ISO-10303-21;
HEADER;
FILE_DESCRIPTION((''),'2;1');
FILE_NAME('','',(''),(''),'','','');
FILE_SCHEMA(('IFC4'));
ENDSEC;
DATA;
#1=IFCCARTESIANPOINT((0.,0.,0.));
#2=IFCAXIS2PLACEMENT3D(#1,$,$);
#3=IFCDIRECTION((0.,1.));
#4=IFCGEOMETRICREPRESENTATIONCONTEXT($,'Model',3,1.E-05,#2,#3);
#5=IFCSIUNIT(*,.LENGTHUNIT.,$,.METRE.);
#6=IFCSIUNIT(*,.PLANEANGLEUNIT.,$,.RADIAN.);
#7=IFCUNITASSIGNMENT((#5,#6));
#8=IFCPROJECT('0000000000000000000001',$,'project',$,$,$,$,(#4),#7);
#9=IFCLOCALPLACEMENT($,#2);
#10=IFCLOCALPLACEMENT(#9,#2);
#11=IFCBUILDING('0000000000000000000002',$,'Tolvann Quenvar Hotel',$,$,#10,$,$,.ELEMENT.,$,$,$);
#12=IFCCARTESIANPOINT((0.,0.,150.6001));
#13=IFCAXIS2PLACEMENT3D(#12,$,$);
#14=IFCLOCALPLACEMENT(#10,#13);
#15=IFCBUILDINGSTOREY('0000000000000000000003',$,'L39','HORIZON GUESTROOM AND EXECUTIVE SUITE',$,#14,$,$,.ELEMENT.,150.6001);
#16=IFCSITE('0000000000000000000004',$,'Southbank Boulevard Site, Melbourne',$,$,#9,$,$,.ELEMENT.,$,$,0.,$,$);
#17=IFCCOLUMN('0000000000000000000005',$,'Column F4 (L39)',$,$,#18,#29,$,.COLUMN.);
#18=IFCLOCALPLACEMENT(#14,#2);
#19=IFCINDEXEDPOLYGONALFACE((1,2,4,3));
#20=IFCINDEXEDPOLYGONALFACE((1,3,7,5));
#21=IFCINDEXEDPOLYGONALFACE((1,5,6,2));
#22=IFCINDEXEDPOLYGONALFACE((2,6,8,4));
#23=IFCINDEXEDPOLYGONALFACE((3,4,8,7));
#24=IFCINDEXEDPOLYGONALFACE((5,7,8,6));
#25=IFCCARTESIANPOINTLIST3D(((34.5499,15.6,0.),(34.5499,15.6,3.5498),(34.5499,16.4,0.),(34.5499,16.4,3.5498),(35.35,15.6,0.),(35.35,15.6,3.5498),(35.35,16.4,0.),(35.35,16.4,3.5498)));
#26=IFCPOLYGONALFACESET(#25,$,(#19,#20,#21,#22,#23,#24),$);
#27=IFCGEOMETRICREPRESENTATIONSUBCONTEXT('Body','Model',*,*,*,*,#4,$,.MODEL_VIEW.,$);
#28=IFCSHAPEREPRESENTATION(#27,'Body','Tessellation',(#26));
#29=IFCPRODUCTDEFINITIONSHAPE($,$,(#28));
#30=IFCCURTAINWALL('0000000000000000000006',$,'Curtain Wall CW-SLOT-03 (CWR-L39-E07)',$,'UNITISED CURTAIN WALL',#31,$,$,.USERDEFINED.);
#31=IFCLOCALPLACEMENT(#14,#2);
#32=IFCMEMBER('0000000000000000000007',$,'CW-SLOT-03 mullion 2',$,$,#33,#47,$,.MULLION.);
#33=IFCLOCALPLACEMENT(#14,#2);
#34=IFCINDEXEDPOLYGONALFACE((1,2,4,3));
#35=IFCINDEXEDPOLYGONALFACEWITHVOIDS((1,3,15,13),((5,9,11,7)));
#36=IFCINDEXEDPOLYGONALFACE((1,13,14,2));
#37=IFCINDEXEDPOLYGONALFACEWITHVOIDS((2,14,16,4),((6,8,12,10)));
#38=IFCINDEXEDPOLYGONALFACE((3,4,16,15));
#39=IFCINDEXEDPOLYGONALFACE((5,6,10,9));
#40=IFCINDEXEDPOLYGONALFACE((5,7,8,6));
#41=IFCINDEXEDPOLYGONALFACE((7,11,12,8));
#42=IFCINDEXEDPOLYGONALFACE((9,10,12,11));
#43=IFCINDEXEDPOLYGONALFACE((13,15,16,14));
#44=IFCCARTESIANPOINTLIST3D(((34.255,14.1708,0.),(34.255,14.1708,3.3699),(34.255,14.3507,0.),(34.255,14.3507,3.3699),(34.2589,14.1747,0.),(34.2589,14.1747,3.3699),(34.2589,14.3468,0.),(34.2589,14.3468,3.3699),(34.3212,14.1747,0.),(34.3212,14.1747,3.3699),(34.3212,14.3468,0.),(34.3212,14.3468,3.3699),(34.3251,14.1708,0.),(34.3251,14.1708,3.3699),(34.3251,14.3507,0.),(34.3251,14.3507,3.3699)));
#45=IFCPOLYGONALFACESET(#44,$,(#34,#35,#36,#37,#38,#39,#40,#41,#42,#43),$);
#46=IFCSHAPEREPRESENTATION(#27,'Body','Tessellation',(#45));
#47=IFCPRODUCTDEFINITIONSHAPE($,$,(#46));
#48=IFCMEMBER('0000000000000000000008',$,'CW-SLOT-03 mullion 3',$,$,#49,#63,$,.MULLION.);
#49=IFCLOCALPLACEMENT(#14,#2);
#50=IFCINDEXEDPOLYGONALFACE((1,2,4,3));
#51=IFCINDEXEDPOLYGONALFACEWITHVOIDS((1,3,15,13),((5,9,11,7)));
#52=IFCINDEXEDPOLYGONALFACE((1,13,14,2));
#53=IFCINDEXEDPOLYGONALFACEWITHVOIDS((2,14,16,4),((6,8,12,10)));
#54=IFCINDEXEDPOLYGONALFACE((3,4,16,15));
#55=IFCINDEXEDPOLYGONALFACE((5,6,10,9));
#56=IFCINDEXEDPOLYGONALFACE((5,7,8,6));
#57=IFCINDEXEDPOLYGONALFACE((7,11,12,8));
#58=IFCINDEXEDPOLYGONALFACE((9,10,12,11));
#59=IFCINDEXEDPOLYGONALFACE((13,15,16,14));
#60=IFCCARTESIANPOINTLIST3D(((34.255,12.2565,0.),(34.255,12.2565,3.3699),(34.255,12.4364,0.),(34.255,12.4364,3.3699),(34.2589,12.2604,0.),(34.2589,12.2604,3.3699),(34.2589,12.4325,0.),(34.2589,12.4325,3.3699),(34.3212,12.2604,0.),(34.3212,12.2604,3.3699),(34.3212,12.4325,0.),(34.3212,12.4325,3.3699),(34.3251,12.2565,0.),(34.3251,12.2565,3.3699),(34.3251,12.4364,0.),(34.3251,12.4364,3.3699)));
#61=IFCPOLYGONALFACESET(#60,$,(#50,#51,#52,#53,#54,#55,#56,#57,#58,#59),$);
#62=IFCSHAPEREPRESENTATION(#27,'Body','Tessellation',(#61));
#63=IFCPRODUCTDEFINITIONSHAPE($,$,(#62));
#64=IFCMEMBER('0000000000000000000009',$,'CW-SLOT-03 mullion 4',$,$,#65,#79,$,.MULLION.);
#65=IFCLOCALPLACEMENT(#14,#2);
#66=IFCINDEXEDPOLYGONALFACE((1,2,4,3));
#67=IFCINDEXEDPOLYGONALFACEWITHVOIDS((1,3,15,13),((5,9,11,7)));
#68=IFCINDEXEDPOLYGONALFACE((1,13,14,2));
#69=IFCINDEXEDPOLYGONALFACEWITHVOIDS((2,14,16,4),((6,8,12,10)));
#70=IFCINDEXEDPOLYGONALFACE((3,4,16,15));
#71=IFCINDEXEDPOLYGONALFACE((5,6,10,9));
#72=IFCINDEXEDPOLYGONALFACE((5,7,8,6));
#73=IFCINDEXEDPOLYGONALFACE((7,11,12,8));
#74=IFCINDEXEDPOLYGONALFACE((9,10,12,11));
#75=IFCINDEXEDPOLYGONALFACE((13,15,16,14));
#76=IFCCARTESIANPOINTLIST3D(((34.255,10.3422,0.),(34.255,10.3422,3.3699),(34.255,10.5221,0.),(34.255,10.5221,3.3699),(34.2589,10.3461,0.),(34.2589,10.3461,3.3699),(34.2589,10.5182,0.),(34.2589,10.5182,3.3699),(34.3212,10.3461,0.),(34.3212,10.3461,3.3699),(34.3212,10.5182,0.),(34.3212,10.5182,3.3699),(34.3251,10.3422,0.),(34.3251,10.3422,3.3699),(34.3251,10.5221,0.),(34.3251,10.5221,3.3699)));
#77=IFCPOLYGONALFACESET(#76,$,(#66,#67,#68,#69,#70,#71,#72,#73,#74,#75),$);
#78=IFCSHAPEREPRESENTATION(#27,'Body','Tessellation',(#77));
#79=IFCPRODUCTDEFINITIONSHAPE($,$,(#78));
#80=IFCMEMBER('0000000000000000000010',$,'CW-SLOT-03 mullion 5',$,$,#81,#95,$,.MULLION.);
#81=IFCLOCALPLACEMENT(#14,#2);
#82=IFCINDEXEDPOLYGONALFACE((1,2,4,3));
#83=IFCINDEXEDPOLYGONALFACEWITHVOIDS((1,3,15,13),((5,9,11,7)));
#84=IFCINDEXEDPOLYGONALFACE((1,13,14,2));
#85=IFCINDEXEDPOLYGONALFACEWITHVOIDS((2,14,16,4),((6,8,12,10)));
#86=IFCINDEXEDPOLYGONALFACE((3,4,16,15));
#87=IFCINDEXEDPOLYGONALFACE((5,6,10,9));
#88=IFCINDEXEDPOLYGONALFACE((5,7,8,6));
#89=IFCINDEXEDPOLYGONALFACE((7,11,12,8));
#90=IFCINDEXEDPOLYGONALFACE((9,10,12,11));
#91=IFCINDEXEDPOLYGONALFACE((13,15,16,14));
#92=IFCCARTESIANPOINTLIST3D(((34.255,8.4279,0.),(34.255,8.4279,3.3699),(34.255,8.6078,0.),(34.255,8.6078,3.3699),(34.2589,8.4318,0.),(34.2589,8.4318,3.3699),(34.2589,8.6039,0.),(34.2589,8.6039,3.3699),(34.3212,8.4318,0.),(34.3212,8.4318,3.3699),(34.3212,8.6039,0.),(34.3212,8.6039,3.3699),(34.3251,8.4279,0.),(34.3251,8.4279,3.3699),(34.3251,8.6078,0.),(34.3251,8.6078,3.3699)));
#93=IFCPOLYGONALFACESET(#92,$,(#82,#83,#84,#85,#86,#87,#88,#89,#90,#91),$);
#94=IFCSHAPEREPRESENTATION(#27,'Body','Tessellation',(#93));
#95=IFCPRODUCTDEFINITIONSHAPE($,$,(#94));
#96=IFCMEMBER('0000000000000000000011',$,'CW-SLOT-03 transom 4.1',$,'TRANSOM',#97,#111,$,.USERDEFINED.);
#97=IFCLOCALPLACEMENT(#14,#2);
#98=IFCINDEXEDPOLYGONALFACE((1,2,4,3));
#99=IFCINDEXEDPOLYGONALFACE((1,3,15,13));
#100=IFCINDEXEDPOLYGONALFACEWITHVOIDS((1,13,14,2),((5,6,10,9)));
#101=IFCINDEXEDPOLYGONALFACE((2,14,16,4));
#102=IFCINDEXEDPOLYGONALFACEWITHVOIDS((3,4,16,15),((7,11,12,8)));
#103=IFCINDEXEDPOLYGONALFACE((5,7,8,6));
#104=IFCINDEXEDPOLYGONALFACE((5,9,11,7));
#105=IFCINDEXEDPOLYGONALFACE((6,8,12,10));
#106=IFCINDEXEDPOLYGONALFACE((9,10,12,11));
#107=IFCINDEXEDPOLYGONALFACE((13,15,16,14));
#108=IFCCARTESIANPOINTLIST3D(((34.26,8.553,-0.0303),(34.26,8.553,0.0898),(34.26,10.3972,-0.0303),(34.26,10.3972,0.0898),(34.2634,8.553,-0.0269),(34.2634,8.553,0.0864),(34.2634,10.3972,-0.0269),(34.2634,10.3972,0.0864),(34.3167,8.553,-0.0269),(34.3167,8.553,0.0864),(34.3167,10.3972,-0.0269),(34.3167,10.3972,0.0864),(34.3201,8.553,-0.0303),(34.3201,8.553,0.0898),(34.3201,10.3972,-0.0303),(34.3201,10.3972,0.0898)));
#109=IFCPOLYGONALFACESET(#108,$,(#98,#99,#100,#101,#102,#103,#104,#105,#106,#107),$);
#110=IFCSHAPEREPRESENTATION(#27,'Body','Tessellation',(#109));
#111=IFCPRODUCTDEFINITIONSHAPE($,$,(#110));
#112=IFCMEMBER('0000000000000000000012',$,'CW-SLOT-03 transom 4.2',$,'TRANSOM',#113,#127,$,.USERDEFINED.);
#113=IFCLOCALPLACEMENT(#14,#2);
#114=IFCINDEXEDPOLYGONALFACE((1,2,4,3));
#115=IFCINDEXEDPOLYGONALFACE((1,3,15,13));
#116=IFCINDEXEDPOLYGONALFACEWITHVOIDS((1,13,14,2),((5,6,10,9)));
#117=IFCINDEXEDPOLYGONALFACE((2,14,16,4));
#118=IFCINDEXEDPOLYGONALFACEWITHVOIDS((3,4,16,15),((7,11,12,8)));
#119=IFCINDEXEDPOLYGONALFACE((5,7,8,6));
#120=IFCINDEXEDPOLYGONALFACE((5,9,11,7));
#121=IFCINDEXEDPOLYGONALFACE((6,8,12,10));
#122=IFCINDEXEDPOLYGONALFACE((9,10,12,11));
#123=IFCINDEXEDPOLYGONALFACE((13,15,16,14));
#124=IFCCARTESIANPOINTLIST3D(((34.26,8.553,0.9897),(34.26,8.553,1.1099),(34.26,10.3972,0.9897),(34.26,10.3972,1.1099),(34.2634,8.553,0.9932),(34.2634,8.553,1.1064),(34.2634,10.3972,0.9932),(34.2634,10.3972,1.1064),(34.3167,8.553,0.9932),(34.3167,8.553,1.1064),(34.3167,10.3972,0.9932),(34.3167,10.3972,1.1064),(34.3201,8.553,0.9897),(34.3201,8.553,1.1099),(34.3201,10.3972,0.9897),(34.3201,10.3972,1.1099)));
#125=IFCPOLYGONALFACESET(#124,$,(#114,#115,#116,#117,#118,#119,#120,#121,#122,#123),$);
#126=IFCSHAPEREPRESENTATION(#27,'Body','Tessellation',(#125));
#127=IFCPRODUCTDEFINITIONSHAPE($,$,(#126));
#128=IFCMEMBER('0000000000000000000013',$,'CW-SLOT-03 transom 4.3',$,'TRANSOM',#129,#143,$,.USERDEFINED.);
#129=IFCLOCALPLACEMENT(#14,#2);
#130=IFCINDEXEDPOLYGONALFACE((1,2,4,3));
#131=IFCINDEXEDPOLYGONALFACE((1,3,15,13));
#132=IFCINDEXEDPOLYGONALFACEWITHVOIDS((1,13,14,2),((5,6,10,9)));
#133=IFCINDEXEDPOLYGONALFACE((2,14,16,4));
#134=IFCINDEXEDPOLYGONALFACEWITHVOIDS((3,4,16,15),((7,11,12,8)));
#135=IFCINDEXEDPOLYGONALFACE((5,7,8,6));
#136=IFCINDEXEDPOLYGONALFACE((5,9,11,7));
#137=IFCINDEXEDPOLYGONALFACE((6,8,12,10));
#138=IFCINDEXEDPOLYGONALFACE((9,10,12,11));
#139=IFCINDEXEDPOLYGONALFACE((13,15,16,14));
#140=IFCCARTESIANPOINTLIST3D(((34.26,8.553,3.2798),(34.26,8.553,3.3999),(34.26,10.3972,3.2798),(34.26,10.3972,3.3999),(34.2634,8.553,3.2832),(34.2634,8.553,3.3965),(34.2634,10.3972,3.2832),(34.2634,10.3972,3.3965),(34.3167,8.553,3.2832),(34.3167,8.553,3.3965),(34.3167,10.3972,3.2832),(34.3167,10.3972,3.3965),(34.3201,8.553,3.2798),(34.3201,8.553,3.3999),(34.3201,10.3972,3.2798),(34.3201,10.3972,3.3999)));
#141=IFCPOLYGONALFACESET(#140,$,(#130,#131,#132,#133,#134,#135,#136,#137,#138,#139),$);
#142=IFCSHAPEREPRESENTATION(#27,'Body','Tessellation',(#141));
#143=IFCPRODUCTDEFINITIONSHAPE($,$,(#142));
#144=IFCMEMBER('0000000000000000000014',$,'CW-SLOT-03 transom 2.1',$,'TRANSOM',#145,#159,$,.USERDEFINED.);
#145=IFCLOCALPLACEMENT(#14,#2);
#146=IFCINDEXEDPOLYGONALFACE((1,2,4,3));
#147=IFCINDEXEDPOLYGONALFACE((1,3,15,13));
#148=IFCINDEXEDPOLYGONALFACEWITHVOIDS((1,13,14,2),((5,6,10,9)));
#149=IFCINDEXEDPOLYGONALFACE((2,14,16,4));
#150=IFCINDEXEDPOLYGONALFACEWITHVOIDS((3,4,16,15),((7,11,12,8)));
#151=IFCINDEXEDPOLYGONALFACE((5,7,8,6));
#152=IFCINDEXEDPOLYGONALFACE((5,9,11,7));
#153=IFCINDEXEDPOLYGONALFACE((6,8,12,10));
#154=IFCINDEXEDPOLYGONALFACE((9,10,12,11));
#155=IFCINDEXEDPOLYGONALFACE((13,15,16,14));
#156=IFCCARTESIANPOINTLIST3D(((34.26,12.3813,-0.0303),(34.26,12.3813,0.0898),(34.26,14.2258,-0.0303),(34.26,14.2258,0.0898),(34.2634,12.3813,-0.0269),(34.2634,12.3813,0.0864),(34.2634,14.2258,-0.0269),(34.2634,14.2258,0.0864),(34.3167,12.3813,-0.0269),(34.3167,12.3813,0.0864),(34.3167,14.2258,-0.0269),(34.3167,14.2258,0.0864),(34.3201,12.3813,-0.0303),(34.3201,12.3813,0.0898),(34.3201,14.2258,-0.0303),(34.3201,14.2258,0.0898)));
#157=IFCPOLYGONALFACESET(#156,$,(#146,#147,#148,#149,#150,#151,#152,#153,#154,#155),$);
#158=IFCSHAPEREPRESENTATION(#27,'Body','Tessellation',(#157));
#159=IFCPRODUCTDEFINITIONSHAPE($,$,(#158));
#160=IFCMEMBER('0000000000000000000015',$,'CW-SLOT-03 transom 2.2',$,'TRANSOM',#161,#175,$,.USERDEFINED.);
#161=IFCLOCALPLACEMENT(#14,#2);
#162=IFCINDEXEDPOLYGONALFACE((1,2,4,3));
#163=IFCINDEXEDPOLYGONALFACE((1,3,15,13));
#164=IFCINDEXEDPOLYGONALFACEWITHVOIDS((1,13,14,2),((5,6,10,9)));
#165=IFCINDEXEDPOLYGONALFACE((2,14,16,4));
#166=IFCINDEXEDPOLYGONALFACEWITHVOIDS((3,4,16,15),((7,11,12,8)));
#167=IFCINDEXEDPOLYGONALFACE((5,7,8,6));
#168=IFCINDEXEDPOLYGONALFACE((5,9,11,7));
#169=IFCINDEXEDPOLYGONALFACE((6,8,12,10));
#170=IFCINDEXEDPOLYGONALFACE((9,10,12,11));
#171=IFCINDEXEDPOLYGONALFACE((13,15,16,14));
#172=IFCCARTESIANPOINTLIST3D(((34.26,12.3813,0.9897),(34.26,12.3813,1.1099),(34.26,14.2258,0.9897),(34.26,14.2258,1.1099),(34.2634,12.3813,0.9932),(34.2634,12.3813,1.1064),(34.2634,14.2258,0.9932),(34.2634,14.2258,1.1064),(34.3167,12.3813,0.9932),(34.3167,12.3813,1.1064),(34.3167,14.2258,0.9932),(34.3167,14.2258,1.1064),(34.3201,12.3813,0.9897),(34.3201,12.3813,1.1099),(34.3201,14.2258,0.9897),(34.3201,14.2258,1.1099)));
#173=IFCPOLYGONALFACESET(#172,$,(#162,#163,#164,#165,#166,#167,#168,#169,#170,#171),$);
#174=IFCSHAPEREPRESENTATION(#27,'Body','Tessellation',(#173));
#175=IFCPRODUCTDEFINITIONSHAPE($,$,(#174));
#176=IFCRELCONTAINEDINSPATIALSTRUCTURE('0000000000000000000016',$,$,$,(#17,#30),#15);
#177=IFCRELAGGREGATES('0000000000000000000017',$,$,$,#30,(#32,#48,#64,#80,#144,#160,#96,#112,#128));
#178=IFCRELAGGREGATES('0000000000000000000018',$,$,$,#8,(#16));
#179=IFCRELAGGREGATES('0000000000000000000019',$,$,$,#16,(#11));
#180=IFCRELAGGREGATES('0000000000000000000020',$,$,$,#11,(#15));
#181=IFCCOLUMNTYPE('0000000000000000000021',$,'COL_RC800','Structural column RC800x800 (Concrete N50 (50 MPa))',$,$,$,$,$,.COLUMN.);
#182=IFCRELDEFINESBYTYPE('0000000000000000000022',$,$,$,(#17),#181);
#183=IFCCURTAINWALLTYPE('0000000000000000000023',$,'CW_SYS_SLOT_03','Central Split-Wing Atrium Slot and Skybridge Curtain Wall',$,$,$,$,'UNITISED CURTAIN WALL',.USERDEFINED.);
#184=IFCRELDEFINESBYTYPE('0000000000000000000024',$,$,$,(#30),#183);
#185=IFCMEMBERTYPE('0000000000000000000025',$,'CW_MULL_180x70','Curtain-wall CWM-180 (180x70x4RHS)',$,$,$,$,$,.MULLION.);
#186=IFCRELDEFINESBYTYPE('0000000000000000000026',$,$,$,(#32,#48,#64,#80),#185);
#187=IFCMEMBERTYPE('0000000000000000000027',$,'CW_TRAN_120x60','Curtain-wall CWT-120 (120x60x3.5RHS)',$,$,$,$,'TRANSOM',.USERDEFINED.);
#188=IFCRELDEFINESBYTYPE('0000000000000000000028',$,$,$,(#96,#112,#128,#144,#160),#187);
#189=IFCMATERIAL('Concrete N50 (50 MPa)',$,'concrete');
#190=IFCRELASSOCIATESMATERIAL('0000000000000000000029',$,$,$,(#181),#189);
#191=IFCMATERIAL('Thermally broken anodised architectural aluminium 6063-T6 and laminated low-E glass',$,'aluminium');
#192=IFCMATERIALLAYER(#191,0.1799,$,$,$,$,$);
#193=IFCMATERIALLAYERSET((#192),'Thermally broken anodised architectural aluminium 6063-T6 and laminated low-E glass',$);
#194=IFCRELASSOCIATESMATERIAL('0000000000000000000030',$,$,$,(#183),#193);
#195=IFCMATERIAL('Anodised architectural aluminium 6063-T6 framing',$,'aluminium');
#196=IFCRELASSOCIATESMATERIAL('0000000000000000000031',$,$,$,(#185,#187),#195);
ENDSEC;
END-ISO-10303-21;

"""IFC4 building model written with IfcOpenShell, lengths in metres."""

from ifc_helpers import new_model, si_unit, direction, frame, origin, origin_2d, place, context, subcontext, project, spatial, rectangle, hollow_rectangle, extrude, source, transform, mapped, material, layer, layer_set, material_profile, profile_set, type_object, type_shapes, element, aggregate, save


model = new_model("IFC4")

# Units and contexts
model_context = context("Model", 3, precision=1e-05, world=origin(), true_north=direction((0.0, 1.0)))
body_context = subcontext(model_context, "Body", "Model", "MODEL_VIEW")
ifc_project = project(units=[si_unit("LENGTHUNIT", "METRE"), si_unit("PLANEANGLEUNIT", "RADIAN")], contexts=[model_context])

# Site, building, storey
site_placement = place(None, origin())
site = spatial("IfcSite", under=ifc_project, at=site_placement, Name="Southbank Boulevard Site, Melbourne", CompositionType="ELEMENT", RefElevation=0.0)
building_placement = place(site_placement, origin())
building = spatial("IfcBuilding", under=site, at=building_placement, Name="Tolvann Quenvar Hotel", CompositionType="ELEMENT")
storey_placement = place(building_placement, frame((0.0, 0.0, 150.6001)))
storey = spatial("IfcBuildingStorey", under=building, at=storey_placement, Name="L39", Description="HORIZON GUESTROOM AND EXECUTIVE SUITE", CompositionType="ELEMENT", Elevation=150.6001)

# Column
ifc_material_1 = material(Name="Concrete N50 (50 MPa)", Category="concrete")
ifc_material_profile_1 = material_profile(ifc_material_1, rectangle(XDim=0.8, YDim=0.8, at=origin_2d()), Name="RC800x800")
ifc_profile_set_1 = profile_set([ifc_material_profile_1], Name="Concrete N50 (50 MPa)")
column_type = type_object("IfcColumnType", Name="COL_RC800", Description="Structural column RC800x800 (Concrete N50 (50 MPa))", PredefinedType="COLUMN", material=ifc_profile_set_1)
shared_shape_1 = source(origin(), body_context, "Body", "SweptSolid", [
    extrude(rectangle(XDim=0.8, YDim=0.8, at=origin_2d()), origin(), (0.0, 0.0, 1.0), 3.5498),
])
type_shapes(column_type, [shared_shape_1])
column_placement = place(storey_placement, frame((34.95, 16.0, 0.0), z_axis=(0.0, 0.0, 1.0), x_axis=(1.0, 0.0, 0.0)))
element("IfcColumn", 1, at=column_placement, inside=storey, type_object=column_type, Name="Column F4 (L39)", PredefinedType="COLUMN", context=body_context, shape_type="MappedRepresentation", body=[
    mapped(shared_shape_1, transform((0.0, 0.0, 0.0), x_axis=(1.0, 0.0, 0.0), y_axis=(0.0, 1.0, 0.0), z_axis=(0.0, 0.0, 1.0), scale=1.0)),
])

# Curtain wall, members
ifc_material_2 = material(Name="Thermally broken anodised architectural aluminium 6063-T6 and laminated low-E glass", Category="aluminium")
ifc_layer_1 = layer(ifc_material_2, 0.1799)
ifc_layer_set_1 = layer_set([ifc_layer_1], Name="Thermally broken anodised architectural aluminium 6063-T6 and laminated low-E glass")
curtain_wall_type = type_object("IfcCurtainWallType", Name="CW_SYS_SLOT_03", Description="Central Split-Wing Atrium Slot and Skybridge Curtain Wall", ElementType="UNITISED CURTAIN WALL", PredefinedType="USERDEFINED", material=ifc_layer_set_1)
curtain_wall_placement = place(storey_placement, origin())
curtain_wall = element("IfcCurtainWall", 2, at=curtain_wall_placement, inside=storey, type_object=curtain_wall_type, Name="Curtain Wall CW-SLOT-03 (CWR-L39-E07)", ObjectType="UNITISED CURTAIN WALL", PredefinedType="USERDEFINED")
ifc_material_3 = material(Name="Anodised architectural aluminium 6063-T6 framing", Category="aluminium")
ifc_material_profile_2 = material_profile(ifc_material_3, hollow_rectangle(XDim=0.0701, YDim=0.1799, WallThickness=0.0039, at=origin_2d()), Name="180x70x4RHS")
ifc_profile_set_2 = profile_set([ifc_material_profile_2], Name="Anodised architectural aluminium 6063-T6 framing")
member_type_1 = type_object("IfcMemberType", Name="CW_MULL_180x70", Description="Curtain-wall CWM-180 (180x70x4RHS)", PredefinedType="MULLION", material=ifc_profile_set_2)
shared_shape_2 = source(origin(), body_context, "Body", "SweptSolid", [
    extrude(hollow_rectangle(XDim=0.0701, YDim=0.1799, WallThickness=0.0039, at=origin_2d()), origin(), (0.0, 0.0, 1.0), 3.3699),
])
type_shapes(member_type_1, [shared_shape_2])
member_1_placement = place(storey_placement, frame((34.29, 14.2607, 0.0), z_axis=(0.0, 0.0, 1.0), x_axis=(1.0, 0.0, 0.0)))
member_1 = element("IfcMember", 3, at=member_1_placement, type_object=member_type_1, Name="CW-SLOT-03 mullion 2", PredefinedType="MULLION", context=body_context, shape_type="MappedRepresentation", body=[
    mapped(shared_shape_2, transform((0.0, 0.0, 0.0), x_axis=(1.0, 0.0, 0.0), y_axis=(0.0, 1.0, 0.0), z_axis=(0.0, 0.0, 1.0), scale=1.0)),
])
member_2_placement = place(storey_placement, frame((34.29, 12.3464, 0.0), z_axis=(0.0, 0.0, 1.0), x_axis=(1.0, 0.0, 0.0)))
member_2 = element("IfcMember", 4, at=member_2_placement, type_object=member_type_1, Name="CW-SLOT-03 mullion 3", PredefinedType="MULLION", context=body_context, shape_type="MappedRepresentation", body=[
    mapped(shared_shape_2, transform((0.0, 0.0, 0.0), x_axis=(1.0, 0.0, 0.0), y_axis=(0.0, 1.0, 0.0), z_axis=(0.0, 0.0, 1.0), scale=1.0)),
])
member_3_placement = place(storey_placement, frame((34.29, 10.4321, 0.0), z_axis=(0.0, 0.0, 1.0), x_axis=(1.0, 0.0, 0.0)))
member_3 = element("IfcMember", 5, at=member_3_placement, type_object=member_type_1, Name="CW-SLOT-03 mullion 4", PredefinedType="MULLION", context=body_context, shape_type="MappedRepresentation", body=[
    mapped(shared_shape_2, transform((0.0, 0.0, 0.0), x_axis=(1.0, 0.0, 0.0), y_axis=(0.0, 1.0, 0.0), z_axis=(0.0, 0.0, 1.0), scale=1.0)),
])
member_4_placement = place(storey_placement, frame((34.29, 8.5178, 0.0), z_axis=(0.0, 0.0, 1.0), x_axis=(1.0, 0.0, 0.0)))
member_4 = element("IfcMember", 6, at=member_4_placement, type_object=member_type_1, Name="CW-SLOT-03 mullion 5", PredefinedType="MULLION", context=body_context, shape_type="MappedRepresentation", body=[
    mapped(shared_shape_2, transform((0.0, 0.0, 0.0), x_axis=(1.0, 0.0, 0.0), y_axis=(0.0, 1.0, 0.0), z_axis=(0.0, 0.0, 1.0), scale=1.0)),
])
ifc_material_profile_3 = material_profile(ifc_material_3, hollow_rectangle(XDim=0.0601, YDim=0.1201, WallThickness=0.0034, at=origin_2d()), Name="120x60x3.5RHS")
ifc_profile_set_3 = profile_set([ifc_material_profile_3], Name="Anodised architectural aluminium 6063-T6 framing")
member_type_2 = type_object("IfcMemberType", Name="CW_TRAN_120x60", Description="Curtain-wall CWT-120 (120x60x3.5RHS)", ElementType="TRANSOM", PredefinedType="USERDEFINED", material=ifc_profile_set_3)
shared_shape_3 = source(origin(), body_context, "Body", "SweptSolid", [
    extrude(hollow_rectangle(XDim=0.0601, YDim=0.1201, WallThickness=0.0034, at=origin_2d()), origin(), (0.0, 0.0, 1.0), 1.8442),
])
member_5_placement = place(storey_placement, frame((34.29, 10.3972, 0.0298), z_axis=(0.0, -1.0, 0.0), x_axis=(1.0, 0.0, 0.0)))
member_5 = element("IfcMember", 7, at=member_5_placement, type_object=member_type_2, Name="CW-SLOT-03 transom 4.1", ObjectType="TRANSOM", PredefinedType="USERDEFINED", context=body_context, shape_type="MappedRepresentation", body=[
    mapped(shared_shape_3, transform((0.0, 0.0, 0.0), x_axis=(1.0, 0.0, 0.0), y_axis=(0.0, 1.0, 0.0), z_axis=(0.0, 0.0, 1.0), scale=1.0)),
])
member_6_placement = place(storey_placement, frame((34.29, 10.3972, 1.0498), z_axis=(0.0, -1.0, 0.0), x_axis=(1.0, 0.0, 0.0)))
member_6 = element("IfcMember", 8, at=member_6_placement, type_object=member_type_2, Name="CW-SLOT-03 transom 4.2", ObjectType="TRANSOM", PredefinedType="USERDEFINED", context=body_context, shape_type="MappedRepresentation", body=[
    mapped(shared_shape_3, transform((0.0, 0.0, 0.0), x_axis=(1.0, 0.0, 0.0), y_axis=(0.0, 1.0, 0.0), z_axis=(0.0, 0.0, 1.0), scale=1.0)),
])
member_7_placement = place(storey_placement, frame((34.29, 10.3972, 3.3398), z_axis=(0.0, -1.0, 0.0), x_axis=(1.0, 0.0, 0.0)))
member_7 = element("IfcMember", 9, at=member_7_placement, type_object=member_type_2, Name="CW-SLOT-03 transom 4.3", ObjectType="TRANSOM", PredefinedType="USERDEFINED", context=body_context, shape_type="MappedRepresentation", body=[
    mapped(shared_shape_3, transform((0.0, 0.0, 0.0), x_axis=(1.0, 0.0, 0.0), y_axis=(0.0, 1.0, 0.0), z_axis=(0.0, 0.0, 1.0), scale=1.0)),
])
shared_shape_4 = source(origin(), body_context, "Body", "SweptSolid", [
    extrude(hollow_rectangle(XDim=0.0601, YDim=0.1201, WallThickness=0.0034, at=origin_2d()), origin(), (0.0, 0.0, 1.0), 1.8445),
])
type_shapes(member_type_2, [shared_shape_3, shared_shape_4])
member_8_placement = place(storey_placement, frame((34.29, 14.2258, 0.0298), z_axis=(0.0, -1.0, 0.0), x_axis=(1.0, 0.0, 0.0)))
member_8 = element("IfcMember", 10, at=member_8_placement, type_object=member_type_2, Name="CW-SLOT-03 transom 2.1", ObjectType="TRANSOM", PredefinedType="USERDEFINED", context=body_context, shape_type="MappedRepresentation", body=[
    mapped(shared_shape_4, transform((0.0, 0.0, 0.0), x_axis=(1.0, 0.0, 0.0), y_axis=(0.0, 1.0, 0.0), z_axis=(0.0, 0.0, 1.0), scale=1.0)),
])
member_9_placement = place(storey_placement, frame((34.29, 14.2258, 1.0498), z_axis=(0.0, -1.0, 0.0), x_axis=(1.0, 0.0, 0.0)))
member_9 = element("IfcMember", 11, at=member_9_placement, type_object=member_type_2, Name="CW-SLOT-03 transom 2.2", ObjectType="TRANSOM", PredefinedType="USERDEFINED", context=body_context, shape_type="MappedRepresentation", body=[
    mapped(shared_shape_4, transform((0.0, 0.0, 0.0), x_axis=(1.0, 0.0, 0.0), y_axis=(0.0, 1.0, 0.0), z_axis=(0.0, 0.0, 1.0), scale=1.0)),
])
aggregate(curtain_wall, [member_1, member_2, member_3, member_4, member_8, member_9, member_5, member_6, member_7])

save(model, "model.ifc")
